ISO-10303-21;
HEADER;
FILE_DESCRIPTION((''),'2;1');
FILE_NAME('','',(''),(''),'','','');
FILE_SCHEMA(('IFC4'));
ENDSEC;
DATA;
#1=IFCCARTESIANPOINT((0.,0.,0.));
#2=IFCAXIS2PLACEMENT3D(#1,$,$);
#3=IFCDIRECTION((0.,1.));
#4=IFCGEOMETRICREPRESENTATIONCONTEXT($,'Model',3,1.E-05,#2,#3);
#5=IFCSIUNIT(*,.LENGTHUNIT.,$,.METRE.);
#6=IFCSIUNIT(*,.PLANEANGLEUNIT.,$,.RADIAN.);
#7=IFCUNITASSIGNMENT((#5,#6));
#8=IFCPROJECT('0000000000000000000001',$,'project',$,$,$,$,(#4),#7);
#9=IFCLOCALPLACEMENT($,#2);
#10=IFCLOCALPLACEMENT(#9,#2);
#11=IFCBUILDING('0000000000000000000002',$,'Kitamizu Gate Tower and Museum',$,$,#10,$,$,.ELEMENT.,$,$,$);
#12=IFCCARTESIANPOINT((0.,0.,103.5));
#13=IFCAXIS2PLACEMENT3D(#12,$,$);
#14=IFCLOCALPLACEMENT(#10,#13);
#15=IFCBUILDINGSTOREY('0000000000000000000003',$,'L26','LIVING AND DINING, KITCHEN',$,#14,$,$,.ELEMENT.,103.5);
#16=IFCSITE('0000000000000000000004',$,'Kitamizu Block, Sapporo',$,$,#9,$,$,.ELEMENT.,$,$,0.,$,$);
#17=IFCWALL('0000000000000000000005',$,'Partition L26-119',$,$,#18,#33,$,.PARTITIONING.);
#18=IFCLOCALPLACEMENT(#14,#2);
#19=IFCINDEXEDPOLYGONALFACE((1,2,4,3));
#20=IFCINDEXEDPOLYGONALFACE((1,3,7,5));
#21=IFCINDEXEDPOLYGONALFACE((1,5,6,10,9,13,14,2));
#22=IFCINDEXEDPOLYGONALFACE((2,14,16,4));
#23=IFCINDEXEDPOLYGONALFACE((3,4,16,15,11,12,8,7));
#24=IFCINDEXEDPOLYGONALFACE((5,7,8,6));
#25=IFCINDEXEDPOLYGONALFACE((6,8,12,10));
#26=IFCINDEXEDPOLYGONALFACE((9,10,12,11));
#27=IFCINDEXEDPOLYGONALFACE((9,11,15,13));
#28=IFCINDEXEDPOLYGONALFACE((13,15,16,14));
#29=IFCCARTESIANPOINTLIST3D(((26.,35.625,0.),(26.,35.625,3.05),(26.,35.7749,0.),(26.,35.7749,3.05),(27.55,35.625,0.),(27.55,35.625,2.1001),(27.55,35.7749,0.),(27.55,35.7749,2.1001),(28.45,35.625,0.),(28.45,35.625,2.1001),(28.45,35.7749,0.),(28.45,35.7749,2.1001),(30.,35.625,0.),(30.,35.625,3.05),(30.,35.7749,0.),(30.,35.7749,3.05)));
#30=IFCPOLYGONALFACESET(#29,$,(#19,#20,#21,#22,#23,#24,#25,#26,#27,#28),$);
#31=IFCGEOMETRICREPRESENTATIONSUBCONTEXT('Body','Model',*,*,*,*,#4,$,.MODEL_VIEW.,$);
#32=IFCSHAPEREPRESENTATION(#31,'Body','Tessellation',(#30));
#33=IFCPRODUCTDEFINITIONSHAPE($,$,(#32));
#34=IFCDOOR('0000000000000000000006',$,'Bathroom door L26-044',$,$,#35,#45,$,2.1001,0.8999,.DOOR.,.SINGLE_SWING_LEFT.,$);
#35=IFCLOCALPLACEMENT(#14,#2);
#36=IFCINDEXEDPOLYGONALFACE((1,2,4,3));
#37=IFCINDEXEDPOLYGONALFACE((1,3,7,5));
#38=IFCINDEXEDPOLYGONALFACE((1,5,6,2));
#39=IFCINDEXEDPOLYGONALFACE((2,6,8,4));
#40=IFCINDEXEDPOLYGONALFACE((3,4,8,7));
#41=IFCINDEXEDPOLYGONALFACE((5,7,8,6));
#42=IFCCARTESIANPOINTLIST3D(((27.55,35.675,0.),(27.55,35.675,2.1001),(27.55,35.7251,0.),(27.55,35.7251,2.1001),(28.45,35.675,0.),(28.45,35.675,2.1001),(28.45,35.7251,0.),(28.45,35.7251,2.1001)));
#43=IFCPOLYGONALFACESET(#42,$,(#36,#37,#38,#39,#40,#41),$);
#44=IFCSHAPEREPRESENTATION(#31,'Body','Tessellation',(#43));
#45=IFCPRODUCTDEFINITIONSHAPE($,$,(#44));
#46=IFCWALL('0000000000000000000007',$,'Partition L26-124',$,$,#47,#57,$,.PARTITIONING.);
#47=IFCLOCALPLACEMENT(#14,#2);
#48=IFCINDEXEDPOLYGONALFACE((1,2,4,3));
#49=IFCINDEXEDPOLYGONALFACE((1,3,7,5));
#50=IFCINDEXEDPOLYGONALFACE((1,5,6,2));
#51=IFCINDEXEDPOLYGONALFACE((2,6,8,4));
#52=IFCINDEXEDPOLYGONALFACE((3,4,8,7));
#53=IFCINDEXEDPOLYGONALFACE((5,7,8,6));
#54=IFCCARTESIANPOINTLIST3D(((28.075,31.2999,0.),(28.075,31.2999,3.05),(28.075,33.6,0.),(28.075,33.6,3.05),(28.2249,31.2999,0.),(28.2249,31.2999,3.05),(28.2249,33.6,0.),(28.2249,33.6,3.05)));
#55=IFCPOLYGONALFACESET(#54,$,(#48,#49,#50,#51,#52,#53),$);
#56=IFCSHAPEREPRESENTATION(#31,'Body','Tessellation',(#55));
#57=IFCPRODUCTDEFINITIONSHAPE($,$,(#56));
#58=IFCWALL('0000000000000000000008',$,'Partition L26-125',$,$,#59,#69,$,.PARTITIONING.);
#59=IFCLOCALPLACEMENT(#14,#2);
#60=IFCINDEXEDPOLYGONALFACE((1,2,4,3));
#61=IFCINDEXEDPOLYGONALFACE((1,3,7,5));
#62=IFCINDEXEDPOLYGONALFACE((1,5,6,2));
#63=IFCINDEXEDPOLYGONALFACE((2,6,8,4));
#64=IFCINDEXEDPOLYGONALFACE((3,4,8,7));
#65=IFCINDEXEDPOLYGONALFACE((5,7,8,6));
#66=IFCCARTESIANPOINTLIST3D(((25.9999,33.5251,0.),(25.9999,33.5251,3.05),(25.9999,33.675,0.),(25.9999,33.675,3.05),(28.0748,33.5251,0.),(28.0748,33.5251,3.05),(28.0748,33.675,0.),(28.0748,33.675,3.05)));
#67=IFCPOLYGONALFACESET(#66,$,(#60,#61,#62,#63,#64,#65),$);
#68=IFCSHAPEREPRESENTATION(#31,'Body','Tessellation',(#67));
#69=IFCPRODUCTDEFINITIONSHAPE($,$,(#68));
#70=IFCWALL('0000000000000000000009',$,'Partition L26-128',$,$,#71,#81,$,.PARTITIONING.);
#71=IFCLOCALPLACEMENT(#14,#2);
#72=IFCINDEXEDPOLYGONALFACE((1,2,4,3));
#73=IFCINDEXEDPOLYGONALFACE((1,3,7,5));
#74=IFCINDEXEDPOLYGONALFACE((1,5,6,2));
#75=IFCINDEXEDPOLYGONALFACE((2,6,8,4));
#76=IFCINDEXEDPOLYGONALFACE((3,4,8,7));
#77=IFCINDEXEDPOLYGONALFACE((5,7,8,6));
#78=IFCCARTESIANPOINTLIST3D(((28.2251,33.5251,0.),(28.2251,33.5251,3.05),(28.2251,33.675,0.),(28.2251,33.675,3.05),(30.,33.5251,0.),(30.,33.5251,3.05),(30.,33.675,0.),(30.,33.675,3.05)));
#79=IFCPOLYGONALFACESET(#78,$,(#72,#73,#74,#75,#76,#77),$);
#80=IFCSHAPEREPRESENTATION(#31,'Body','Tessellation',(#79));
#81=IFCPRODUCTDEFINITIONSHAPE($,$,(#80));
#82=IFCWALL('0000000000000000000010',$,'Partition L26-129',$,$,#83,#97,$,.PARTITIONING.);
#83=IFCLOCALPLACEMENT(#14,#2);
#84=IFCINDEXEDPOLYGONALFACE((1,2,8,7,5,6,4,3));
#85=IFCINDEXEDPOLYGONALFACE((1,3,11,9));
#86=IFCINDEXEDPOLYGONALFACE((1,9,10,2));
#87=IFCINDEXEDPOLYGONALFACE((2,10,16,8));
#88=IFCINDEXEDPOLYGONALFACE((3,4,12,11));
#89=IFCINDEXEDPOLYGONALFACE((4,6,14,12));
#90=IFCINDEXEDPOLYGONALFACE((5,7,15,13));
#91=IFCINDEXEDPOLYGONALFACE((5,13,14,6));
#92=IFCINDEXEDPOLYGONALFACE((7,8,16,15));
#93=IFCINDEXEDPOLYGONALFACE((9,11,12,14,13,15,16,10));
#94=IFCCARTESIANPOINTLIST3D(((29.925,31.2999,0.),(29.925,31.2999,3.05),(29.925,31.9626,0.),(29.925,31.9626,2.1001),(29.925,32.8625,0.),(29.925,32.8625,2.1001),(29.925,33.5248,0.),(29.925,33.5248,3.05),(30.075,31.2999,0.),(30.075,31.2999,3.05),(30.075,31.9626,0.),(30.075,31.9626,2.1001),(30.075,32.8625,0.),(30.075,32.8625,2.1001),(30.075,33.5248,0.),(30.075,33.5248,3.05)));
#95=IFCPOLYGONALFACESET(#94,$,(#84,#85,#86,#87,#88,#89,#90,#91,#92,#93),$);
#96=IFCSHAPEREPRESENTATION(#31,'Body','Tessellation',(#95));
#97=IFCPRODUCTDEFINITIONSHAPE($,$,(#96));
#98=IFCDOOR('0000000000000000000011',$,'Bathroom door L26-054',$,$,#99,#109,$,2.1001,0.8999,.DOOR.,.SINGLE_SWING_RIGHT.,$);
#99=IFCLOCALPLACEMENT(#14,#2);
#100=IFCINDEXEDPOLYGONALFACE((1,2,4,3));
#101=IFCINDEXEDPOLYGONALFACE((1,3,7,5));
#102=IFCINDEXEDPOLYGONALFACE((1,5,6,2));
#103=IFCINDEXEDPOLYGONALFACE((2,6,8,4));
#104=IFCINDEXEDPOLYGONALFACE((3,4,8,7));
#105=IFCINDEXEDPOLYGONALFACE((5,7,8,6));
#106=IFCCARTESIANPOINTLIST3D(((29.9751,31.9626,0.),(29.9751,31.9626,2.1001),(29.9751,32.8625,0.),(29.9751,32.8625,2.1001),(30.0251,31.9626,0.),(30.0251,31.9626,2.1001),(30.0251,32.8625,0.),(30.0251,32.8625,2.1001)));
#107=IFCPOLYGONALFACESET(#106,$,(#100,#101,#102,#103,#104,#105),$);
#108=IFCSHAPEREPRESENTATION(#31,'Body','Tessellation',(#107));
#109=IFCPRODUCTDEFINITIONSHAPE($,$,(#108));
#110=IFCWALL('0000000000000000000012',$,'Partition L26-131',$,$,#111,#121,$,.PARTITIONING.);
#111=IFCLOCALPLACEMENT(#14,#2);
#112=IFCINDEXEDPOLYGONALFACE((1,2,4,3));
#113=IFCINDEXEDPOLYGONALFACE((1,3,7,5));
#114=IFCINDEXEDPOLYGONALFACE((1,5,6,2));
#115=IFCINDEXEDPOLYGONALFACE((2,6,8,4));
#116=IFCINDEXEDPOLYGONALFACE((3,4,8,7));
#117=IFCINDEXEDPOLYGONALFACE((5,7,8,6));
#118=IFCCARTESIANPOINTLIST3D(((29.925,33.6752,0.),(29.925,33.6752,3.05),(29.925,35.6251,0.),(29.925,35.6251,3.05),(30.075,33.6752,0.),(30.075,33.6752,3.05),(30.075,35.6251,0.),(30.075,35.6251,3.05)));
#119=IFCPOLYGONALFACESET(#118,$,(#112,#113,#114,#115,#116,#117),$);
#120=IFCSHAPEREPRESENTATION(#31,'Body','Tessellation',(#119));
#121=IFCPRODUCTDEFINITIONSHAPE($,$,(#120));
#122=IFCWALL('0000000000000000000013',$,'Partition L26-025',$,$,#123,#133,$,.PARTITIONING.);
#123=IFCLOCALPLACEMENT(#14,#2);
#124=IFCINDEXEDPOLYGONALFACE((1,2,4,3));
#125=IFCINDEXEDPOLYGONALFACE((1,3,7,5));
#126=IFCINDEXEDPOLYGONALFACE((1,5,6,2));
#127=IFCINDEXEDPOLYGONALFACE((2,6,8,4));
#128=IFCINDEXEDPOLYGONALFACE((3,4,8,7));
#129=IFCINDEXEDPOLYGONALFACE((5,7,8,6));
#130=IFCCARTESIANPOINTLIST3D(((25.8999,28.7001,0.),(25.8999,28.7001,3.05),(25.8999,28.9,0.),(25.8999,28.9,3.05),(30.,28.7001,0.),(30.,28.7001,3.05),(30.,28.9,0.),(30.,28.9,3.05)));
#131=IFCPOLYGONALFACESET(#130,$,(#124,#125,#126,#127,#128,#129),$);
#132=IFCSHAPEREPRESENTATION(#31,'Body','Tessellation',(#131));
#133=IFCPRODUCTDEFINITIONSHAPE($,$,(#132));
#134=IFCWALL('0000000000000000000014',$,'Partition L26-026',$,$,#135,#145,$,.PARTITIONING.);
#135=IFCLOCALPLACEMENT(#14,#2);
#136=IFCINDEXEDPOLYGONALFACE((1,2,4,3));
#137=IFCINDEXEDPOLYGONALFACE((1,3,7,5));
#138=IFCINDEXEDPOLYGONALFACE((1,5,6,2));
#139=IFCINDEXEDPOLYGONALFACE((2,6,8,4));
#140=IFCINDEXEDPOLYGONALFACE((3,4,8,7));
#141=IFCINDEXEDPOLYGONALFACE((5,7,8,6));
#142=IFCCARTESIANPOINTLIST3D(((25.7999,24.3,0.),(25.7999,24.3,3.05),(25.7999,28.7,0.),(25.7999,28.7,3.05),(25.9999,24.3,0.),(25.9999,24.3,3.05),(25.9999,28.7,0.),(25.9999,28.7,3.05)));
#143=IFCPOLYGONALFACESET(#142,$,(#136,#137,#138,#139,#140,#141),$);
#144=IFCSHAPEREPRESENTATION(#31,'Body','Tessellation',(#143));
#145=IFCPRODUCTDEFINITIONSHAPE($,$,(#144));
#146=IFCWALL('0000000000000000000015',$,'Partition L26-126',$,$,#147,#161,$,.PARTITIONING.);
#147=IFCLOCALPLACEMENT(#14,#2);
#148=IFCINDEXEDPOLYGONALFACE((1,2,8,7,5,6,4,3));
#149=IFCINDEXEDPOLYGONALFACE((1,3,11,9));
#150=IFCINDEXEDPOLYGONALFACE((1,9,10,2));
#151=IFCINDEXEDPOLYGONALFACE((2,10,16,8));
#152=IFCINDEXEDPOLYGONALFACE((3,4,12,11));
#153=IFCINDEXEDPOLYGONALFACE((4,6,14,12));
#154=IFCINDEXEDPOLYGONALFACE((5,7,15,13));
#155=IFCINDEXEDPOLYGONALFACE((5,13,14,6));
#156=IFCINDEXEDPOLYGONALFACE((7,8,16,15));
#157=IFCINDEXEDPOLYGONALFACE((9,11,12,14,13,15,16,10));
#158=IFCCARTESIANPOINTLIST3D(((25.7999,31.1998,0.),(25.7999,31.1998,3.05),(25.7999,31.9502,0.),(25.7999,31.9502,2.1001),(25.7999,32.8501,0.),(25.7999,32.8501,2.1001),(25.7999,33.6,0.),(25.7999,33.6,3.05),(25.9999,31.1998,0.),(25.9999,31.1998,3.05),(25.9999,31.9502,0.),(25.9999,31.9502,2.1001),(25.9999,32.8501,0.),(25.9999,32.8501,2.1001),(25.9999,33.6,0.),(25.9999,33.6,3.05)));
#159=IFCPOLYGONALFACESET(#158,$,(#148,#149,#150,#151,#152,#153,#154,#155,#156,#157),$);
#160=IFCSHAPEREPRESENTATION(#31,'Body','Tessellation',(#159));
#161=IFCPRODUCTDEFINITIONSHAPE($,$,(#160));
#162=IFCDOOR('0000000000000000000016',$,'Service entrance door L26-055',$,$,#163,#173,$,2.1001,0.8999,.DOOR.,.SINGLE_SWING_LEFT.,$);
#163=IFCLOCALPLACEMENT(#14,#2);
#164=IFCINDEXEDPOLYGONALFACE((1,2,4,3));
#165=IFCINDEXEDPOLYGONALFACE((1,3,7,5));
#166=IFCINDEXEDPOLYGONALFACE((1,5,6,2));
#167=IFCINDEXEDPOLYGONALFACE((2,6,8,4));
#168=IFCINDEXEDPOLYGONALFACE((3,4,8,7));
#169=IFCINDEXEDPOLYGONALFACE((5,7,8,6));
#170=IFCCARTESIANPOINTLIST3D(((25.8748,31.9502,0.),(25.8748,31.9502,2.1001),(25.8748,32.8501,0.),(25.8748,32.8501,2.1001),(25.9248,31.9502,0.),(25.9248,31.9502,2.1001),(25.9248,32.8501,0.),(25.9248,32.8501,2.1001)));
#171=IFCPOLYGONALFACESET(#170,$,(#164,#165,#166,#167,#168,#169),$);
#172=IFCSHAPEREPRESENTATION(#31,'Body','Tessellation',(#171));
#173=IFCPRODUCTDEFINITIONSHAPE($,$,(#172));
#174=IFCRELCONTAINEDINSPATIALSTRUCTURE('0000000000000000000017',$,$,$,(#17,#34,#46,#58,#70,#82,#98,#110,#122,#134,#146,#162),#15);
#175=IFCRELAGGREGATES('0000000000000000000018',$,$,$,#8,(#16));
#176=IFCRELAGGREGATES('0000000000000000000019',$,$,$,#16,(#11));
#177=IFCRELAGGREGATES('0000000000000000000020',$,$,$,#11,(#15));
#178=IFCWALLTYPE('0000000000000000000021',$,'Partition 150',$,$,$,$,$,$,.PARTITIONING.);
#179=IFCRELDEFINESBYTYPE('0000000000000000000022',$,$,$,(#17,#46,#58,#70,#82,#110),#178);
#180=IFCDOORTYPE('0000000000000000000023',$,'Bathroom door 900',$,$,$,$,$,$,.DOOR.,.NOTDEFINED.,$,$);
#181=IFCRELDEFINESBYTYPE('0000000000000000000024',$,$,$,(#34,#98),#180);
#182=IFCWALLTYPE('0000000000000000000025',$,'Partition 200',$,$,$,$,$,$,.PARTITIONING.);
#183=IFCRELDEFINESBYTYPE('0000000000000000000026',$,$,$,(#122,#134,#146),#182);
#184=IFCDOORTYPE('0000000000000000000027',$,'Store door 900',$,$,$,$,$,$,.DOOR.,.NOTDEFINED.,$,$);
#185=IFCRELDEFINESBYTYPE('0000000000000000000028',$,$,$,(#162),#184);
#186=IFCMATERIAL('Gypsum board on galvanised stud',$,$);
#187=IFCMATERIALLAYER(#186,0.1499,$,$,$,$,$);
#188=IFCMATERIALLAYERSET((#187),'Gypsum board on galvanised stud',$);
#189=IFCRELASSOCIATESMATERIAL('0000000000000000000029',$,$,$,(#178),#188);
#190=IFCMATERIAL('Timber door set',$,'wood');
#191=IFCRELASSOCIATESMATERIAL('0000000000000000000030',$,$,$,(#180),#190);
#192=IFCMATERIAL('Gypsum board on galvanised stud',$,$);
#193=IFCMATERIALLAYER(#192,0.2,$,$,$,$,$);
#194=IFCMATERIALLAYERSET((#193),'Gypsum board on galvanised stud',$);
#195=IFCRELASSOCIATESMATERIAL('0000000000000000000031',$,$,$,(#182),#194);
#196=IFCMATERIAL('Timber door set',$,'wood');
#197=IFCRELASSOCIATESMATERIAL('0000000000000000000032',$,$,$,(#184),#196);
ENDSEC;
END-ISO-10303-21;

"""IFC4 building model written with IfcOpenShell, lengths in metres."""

from ifc_helpers import new_model, si_unit, direction, frame, frame_2d, origin, place, context, subcontext, project, spatial, rectangle, extrude, material, layer, layer_set, type_object, element, fill, save


model = new_model("IFC4")

# Units and contexts
model_context = context("Model", 3, precision=1e-05, world=origin(), true_north=direction((0.0, 1.0)))
body_context = subcontext(model_context, "Body", "Model", "MODEL_VIEW")
ifc_project = project(units=[si_unit("LENGTHUNIT", "METRE"), si_unit("PLANEANGLEUNIT", "RADIAN")], contexts=[model_context])

# Site, building, storey
site_placement = place(None, origin())
site = spatial("IfcSite", under=ifc_project, at=site_placement, Name="Kitamizu Block, Sapporo", CompositionType="ELEMENT", RefElevation=0.0)
building_placement = place(site_placement, origin())
building = spatial("IfcBuilding", under=site, at=building_placement, Name="Kitamizu Gate Tower and Museum", CompositionType="ELEMENT")
storey_placement = place(building_placement, frame((0.0, 0.0, 103.5)))
storey = spatial("IfcBuildingStorey", under=building, at=storey_placement, Name="L26", Description="LIVING AND DINING, KITCHEN", CompositionType="ELEMENT", Elevation=103.5)

# Wall, opening, door
ifc_material_1 = material(Name="Gypsum board on galvanised stud")
ifc_layer_1 = layer(ifc_material_1, 0.1499)
ifc_layer_set_1 = layer_set([ifc_layer_1], Name="Gypsum board on galvanised stud")
wall_type_1 = type_object("IfcWallType", Name="Partition 150", PredefinedType="PARTITIONING", material=ifc_layer_set_1)
wall_1_placement = place(storey_placement, frame((26.0, 35.7, 0.0), z_axis=(0.0, 0.0, 1.0), x_axis=(1.0, 0.0, 0.0)))
wall_1 = element("IfcWall", 1, at=wall_1_placement, inside=storey, type_object=wall_type_1, Name="Partition L26-119", PredefinedType="PARTITIONING", context=body_context, shape_type="SweptSolid", body=[
    extrude(rectangle(XDim=4.0, YDim=0.1499, at=frame_2d((2.0, 0.0))), origin(), (0.0, 0.0, 1.0), 3.05),
])
opening_1_placement = place(wall_1_placement, frame((1.55, 0.0, 0.0)))
opening_1 = element("IfcOpeningElement", 2, at=opening_1_placement, cuts=wall_1, PredefinedType="OPENING", context=body_context, shape_type="SweptSolid", body=[
    extrude(rectangle(XDim=0.8999, YDim=2.1001, at=frame_2d((0.45, 1.05))), frame((0.0, 0.085, 0.0), z_axis=(0.0, -1.0, 0.0), x_axis=(1.0, 0.0, 0.0)), (0.0, 0.0, 1.0), 0.1699),
])
ifc_material_2 = material(Name="Timber door set", Category="wood")
door_type_1 = type_object("IfcDoorType", Name="Bathroom door 900", OperationType="NOTDEFINED", PredefinedType="DOOR", material=ifc_material_2)
door_1_placement = place(opening_1_placement, frame((0.8999, 0.0, 0.0), x_axis=(-1.0, 0.0, 0.0)))
door_1 = element("IfcDoor", 3, at=door_1_placement, inside=storey, type_object=door_type_1, Name="Bathroom door L26-044", OperationType="SINGLE_SWING_LEFT", OverallHeight=2.1001, OverallWidth=0.8999, PredefinedType="DOOR", context=body_context, shape_type="SweptSolid", body=[
    extrude(rectangle(XDim=0.8999, YDim=2.1001, at=frame_2d((0.45, 1.05))), frame((0.0, 0.0249, 0.0), z_axis=(0.0, -1.0, 0.0), x_axis=(1.0, 0.0, 0.0)), (0.0, 0.0, 1.0), 0.05),
])
fill(opening_1, door_1)

# Walls
wall_2_placement = place(storey_placement, frame((28.1499, 31.3, 0.0), z_axis=(0.0, 0.0, 1.0), x_axis=(0.0, 1.0, 0.0)))
element("IfcWall", 4, at=wall_2_placement, inside=storey, type_object=wall_type_1, Name="Partition L26-124", PredefinedType="PARTITIONING", context=body_context, shape_type="SweptSolid", body=[
    extrude(rectangle(XDim=2.3, YDim=0.1499, at=frame_2d((1.1499, 0.0))), origin(), (0.0, 0.0, 1.0), 3.05),
])
wall_3_placement = place(storey_placement, frame((28.075, 33.6001, 0.0), z_axis=(0.0, 0.0, 1.0), x_axis=(-1.0, 0.0, 0.0)))
element("IfcWall", 5, at=wall_3_placement, inside=storey, type_object=wall_type_1, Name="Partition L26-125", PredefinedType="PARTITIONING", context=body_context, shape_type="SweptSolid", body=[
    extrude(rectangle(XDim=2.075, YDim=0.1499, at=frame_2d((1.0376, 0.0))), origin(), (0.0, 0.0, 1.0), 3.05),
])
wall_4_placement = place(storey_placement, frame((30.0, 33.6001, 0.0), z_axis=(0.0, 0.0, 1.0), x_axis=(-1.0, 0.0, 0.0)))
element("IfcWall", 6, at=wall_4_placement, inside=storey, type_object=wall_type_1, Name="Partition L26-128", PredefinedType="PARTITIONING", context=body_context, shape_type="SweptSolid", body=[
    extrude(rectangle(XDim=1.7749, YDim=0.1499, at=frame_2d((0.8875, 0.0))), origin(), (0.0, 0.0, 1.0), 3.05),
])

# Wall, opening, door
wall_5_placement = place(storey_placement, frame((30.0, 31.3, 0.0), z_axis=(0.0, 0.0, 1.0), x_axis=(0.0, 1.0, 0.0)))
wall_5 = element("IfcWall", 7, at=wall_5_placement, inside=storey, type_object=wall_type_1, Name="Partition L26-129", PredefinedType="PARTITIONING", context=body_context, shape_type="SweptSolid", body=[
    extrude(rectangle(XDim=2.2249, YDim=0.1499, at=frame_2d((1.1123, 0.0))), origin(), (0.0, 0.0, 1.0), 3.05),
])
opening_2_placement = place(wall_5_placement, frame((0.6626, 0.0, 0.0)))
opening_2 = element("IfcOpeningElement", 8, at=opening_2_placement, cuts=wall_5, PredefinedType="OPENING", context=body_context, shape_type="SweptSolid", body=[
    extrude(rectangle(XDim=0.8999, YDim=2.1001, at=frame_2d((0.45, 1.05))), frame((0.0, 0.085, 0.0), z_axis=(0.0, -1.0, 0.0), x_axis=(1.0, 0.0, 0.0)), (0.0, 0.0, 1.0), 0.1699),
])
door_2_placement = place(opening_2_placement, origin())
door_2 = element("IfcDoor", 9, at=door_2_placement, inside=storey, type_object=door_type_1, Name="Bathroom door L26-054", OperationType="SINGLE_SWING_RIGHT", OverallHeight=2.1001, OverallWidth=0.8999, PredefinedType="DOOR", context=body_context, shape_type="SweptSolid", body=[
    extrude(rectangle(XDim=0.8999, YDim=2.1001, at=frame_2d((0.45, 1.05))), frame((0.0, 0.0249, 0.0), z_axis=(0.0, -1.0, 0.0), x_axis=(1.0, 0.0, 0.0)), (0.0, 0.0, 1.0), 0.05),
])
fill(opening_2, door_2)

# Walls
wall_6_placement = place(storey_placement, frame((30.0, 33.675, 0.0), z_axis=(0.0, 0.0, 1.0), x_axis=(0.0, 1.0, 0.0)))
element("IfcWall", 10, at=wall_6_placement, inside=storey, type_object=wall_type_1, Name="Partition L26-131", PredefinedType="PARTITIONING", context=body_context, shape_type="SweptSolid", body=[
    extrude(rectangle(XDim=1.95, YDim=0.1499, at=frame_2d((0.9751, 0.0))), origin(), (0.0, 0.0, 1.0), 3.05),
])
ifc_material_3 = material(Name="Gypsum board on galvanised stud")
ifc_layer_2 = layer(ifc_material_3, 0.2)
ifc_layer_set_2 = layer_set([ifc_layer_2], Name="Gypsum board on galvanised stud")
wall_type_2 = type_object("IfcWallType", Name="Partition 200", PredefinedType="PARTITIONING", material=ifc_layer_set_2)
wall_7_placement = place(storey_placement, frame((30.0, 28.8, 0.0), z_axis=(0.0, 0.0, 1.0), x_axis=(-1.0, 0.0, 0.0)))
element("IfcWall", 11, at=wall_7_placement, inside=storey, type_object=wall_type_2, Name="Partition L26-025", PredefinedType="PARTITIONING", context=body_context, shape_type="SweptSolid", body=[
    extrude(rectangle(XDim=4.1001, YDim=0.2, at=frame_2d((2.05, 0.0))), origin(), (0.0, 0.0, 1.0), 3.05),
])
wall_8_placement = place(storey_placement, frame((25.8999, 28.7, 0.0), z_axis=(0.0, 0.0, 1.0), x_axis=(0.0, -1.0, 0.0)))
element("IfcWall", 12, at=wall_8_placement, inside=storey, type_object=wall_type_2, Name="Partition L26-026", PredefinedType="PARTITIONING", context=body_context, shape_type="SweptSolid", body=[
    extrude(rectangle(XDim=4.3999, YDim=0.2, at=frame_2d((2.2, 0.0))), origin(), (0.0, 0.0, 1.0), 3.05),
])

# Wall, opening, door
wall_9_placement = place(storey_placement, frame((25.8999, 33.6001, 0.0), z_axis=(0.0, 0.0, 1.0), x_axis=(0.0, -1.0, 0.0)))
wall_9 = element("IfcWall", 13, at=wall_9_placement, inside=storey, type_object=wall_type_2, Name="Partition L26-126", PredefinedType="PARTITIONING", context=body_context, shape_type="SweptSolid", body=[
    extrude(rectangle(XDim=2.4001, YDim=0.2, at=frame_2d((1.2002, 0.0))), origin(), (0.0, 0.0, 1.0), 3.05),
])
opening_3_placement = place(wall_9_placement, frame((0.75, 0.0, 0.0)))
opening_3 = element("IfcOpeningElement", 14, at=opening_3_placement, cuts=wall_9, PredefinedType="OPENING", context=body_context, shape_type="SweptSolid", body=[
    extrude(rectangle(XDim=0.8999, YDim=2.1001, at=frame_2d((0.45, 1.05))), frame((0.0, 0.1099, 0.0), z_axis=(0.0, -1.0, 0.0), x_axis=(1.0, 0.0, 0.0)), (0.0, 0.0, 1.0), 0.22),
])
ifc_material_4 = material(Name="Timber door set", Category="wood")
door_type_2 = type_object("IfcDoorType", Name="Store door 900", OperationType="NOTDEFINED", PredefinedType="DOOR", material=ifc_material_4)
door_3_placement = place(opening_3_placement, origin())
door_3 = element("IfcDoor", 15, at=door_3_placement, inside=storey, type_object=door_type_2, Name="Service entrance door L26-055", OperationType="SINGLE_SWING_LEFT", OverallHeight=2.1001, OverallWidth=0.8999, PredefinedType="DOOR", context=body_context, shape_type="SweptSolid", body=[
    extrude(rectangle(XDim=0.8999, YDim=2.1001, at=frame_2d((0.45, 1.05))), frame((0.0, 0.0249, 0.0), z_axis=(0.0, -1.0, 0.0), x_axis=(1.0, 0.0, 0.0)), (0.0, 0.0, 1.0), 0.05),
])
fill(opening_3, door_3)

save(model, "model.ifc")
